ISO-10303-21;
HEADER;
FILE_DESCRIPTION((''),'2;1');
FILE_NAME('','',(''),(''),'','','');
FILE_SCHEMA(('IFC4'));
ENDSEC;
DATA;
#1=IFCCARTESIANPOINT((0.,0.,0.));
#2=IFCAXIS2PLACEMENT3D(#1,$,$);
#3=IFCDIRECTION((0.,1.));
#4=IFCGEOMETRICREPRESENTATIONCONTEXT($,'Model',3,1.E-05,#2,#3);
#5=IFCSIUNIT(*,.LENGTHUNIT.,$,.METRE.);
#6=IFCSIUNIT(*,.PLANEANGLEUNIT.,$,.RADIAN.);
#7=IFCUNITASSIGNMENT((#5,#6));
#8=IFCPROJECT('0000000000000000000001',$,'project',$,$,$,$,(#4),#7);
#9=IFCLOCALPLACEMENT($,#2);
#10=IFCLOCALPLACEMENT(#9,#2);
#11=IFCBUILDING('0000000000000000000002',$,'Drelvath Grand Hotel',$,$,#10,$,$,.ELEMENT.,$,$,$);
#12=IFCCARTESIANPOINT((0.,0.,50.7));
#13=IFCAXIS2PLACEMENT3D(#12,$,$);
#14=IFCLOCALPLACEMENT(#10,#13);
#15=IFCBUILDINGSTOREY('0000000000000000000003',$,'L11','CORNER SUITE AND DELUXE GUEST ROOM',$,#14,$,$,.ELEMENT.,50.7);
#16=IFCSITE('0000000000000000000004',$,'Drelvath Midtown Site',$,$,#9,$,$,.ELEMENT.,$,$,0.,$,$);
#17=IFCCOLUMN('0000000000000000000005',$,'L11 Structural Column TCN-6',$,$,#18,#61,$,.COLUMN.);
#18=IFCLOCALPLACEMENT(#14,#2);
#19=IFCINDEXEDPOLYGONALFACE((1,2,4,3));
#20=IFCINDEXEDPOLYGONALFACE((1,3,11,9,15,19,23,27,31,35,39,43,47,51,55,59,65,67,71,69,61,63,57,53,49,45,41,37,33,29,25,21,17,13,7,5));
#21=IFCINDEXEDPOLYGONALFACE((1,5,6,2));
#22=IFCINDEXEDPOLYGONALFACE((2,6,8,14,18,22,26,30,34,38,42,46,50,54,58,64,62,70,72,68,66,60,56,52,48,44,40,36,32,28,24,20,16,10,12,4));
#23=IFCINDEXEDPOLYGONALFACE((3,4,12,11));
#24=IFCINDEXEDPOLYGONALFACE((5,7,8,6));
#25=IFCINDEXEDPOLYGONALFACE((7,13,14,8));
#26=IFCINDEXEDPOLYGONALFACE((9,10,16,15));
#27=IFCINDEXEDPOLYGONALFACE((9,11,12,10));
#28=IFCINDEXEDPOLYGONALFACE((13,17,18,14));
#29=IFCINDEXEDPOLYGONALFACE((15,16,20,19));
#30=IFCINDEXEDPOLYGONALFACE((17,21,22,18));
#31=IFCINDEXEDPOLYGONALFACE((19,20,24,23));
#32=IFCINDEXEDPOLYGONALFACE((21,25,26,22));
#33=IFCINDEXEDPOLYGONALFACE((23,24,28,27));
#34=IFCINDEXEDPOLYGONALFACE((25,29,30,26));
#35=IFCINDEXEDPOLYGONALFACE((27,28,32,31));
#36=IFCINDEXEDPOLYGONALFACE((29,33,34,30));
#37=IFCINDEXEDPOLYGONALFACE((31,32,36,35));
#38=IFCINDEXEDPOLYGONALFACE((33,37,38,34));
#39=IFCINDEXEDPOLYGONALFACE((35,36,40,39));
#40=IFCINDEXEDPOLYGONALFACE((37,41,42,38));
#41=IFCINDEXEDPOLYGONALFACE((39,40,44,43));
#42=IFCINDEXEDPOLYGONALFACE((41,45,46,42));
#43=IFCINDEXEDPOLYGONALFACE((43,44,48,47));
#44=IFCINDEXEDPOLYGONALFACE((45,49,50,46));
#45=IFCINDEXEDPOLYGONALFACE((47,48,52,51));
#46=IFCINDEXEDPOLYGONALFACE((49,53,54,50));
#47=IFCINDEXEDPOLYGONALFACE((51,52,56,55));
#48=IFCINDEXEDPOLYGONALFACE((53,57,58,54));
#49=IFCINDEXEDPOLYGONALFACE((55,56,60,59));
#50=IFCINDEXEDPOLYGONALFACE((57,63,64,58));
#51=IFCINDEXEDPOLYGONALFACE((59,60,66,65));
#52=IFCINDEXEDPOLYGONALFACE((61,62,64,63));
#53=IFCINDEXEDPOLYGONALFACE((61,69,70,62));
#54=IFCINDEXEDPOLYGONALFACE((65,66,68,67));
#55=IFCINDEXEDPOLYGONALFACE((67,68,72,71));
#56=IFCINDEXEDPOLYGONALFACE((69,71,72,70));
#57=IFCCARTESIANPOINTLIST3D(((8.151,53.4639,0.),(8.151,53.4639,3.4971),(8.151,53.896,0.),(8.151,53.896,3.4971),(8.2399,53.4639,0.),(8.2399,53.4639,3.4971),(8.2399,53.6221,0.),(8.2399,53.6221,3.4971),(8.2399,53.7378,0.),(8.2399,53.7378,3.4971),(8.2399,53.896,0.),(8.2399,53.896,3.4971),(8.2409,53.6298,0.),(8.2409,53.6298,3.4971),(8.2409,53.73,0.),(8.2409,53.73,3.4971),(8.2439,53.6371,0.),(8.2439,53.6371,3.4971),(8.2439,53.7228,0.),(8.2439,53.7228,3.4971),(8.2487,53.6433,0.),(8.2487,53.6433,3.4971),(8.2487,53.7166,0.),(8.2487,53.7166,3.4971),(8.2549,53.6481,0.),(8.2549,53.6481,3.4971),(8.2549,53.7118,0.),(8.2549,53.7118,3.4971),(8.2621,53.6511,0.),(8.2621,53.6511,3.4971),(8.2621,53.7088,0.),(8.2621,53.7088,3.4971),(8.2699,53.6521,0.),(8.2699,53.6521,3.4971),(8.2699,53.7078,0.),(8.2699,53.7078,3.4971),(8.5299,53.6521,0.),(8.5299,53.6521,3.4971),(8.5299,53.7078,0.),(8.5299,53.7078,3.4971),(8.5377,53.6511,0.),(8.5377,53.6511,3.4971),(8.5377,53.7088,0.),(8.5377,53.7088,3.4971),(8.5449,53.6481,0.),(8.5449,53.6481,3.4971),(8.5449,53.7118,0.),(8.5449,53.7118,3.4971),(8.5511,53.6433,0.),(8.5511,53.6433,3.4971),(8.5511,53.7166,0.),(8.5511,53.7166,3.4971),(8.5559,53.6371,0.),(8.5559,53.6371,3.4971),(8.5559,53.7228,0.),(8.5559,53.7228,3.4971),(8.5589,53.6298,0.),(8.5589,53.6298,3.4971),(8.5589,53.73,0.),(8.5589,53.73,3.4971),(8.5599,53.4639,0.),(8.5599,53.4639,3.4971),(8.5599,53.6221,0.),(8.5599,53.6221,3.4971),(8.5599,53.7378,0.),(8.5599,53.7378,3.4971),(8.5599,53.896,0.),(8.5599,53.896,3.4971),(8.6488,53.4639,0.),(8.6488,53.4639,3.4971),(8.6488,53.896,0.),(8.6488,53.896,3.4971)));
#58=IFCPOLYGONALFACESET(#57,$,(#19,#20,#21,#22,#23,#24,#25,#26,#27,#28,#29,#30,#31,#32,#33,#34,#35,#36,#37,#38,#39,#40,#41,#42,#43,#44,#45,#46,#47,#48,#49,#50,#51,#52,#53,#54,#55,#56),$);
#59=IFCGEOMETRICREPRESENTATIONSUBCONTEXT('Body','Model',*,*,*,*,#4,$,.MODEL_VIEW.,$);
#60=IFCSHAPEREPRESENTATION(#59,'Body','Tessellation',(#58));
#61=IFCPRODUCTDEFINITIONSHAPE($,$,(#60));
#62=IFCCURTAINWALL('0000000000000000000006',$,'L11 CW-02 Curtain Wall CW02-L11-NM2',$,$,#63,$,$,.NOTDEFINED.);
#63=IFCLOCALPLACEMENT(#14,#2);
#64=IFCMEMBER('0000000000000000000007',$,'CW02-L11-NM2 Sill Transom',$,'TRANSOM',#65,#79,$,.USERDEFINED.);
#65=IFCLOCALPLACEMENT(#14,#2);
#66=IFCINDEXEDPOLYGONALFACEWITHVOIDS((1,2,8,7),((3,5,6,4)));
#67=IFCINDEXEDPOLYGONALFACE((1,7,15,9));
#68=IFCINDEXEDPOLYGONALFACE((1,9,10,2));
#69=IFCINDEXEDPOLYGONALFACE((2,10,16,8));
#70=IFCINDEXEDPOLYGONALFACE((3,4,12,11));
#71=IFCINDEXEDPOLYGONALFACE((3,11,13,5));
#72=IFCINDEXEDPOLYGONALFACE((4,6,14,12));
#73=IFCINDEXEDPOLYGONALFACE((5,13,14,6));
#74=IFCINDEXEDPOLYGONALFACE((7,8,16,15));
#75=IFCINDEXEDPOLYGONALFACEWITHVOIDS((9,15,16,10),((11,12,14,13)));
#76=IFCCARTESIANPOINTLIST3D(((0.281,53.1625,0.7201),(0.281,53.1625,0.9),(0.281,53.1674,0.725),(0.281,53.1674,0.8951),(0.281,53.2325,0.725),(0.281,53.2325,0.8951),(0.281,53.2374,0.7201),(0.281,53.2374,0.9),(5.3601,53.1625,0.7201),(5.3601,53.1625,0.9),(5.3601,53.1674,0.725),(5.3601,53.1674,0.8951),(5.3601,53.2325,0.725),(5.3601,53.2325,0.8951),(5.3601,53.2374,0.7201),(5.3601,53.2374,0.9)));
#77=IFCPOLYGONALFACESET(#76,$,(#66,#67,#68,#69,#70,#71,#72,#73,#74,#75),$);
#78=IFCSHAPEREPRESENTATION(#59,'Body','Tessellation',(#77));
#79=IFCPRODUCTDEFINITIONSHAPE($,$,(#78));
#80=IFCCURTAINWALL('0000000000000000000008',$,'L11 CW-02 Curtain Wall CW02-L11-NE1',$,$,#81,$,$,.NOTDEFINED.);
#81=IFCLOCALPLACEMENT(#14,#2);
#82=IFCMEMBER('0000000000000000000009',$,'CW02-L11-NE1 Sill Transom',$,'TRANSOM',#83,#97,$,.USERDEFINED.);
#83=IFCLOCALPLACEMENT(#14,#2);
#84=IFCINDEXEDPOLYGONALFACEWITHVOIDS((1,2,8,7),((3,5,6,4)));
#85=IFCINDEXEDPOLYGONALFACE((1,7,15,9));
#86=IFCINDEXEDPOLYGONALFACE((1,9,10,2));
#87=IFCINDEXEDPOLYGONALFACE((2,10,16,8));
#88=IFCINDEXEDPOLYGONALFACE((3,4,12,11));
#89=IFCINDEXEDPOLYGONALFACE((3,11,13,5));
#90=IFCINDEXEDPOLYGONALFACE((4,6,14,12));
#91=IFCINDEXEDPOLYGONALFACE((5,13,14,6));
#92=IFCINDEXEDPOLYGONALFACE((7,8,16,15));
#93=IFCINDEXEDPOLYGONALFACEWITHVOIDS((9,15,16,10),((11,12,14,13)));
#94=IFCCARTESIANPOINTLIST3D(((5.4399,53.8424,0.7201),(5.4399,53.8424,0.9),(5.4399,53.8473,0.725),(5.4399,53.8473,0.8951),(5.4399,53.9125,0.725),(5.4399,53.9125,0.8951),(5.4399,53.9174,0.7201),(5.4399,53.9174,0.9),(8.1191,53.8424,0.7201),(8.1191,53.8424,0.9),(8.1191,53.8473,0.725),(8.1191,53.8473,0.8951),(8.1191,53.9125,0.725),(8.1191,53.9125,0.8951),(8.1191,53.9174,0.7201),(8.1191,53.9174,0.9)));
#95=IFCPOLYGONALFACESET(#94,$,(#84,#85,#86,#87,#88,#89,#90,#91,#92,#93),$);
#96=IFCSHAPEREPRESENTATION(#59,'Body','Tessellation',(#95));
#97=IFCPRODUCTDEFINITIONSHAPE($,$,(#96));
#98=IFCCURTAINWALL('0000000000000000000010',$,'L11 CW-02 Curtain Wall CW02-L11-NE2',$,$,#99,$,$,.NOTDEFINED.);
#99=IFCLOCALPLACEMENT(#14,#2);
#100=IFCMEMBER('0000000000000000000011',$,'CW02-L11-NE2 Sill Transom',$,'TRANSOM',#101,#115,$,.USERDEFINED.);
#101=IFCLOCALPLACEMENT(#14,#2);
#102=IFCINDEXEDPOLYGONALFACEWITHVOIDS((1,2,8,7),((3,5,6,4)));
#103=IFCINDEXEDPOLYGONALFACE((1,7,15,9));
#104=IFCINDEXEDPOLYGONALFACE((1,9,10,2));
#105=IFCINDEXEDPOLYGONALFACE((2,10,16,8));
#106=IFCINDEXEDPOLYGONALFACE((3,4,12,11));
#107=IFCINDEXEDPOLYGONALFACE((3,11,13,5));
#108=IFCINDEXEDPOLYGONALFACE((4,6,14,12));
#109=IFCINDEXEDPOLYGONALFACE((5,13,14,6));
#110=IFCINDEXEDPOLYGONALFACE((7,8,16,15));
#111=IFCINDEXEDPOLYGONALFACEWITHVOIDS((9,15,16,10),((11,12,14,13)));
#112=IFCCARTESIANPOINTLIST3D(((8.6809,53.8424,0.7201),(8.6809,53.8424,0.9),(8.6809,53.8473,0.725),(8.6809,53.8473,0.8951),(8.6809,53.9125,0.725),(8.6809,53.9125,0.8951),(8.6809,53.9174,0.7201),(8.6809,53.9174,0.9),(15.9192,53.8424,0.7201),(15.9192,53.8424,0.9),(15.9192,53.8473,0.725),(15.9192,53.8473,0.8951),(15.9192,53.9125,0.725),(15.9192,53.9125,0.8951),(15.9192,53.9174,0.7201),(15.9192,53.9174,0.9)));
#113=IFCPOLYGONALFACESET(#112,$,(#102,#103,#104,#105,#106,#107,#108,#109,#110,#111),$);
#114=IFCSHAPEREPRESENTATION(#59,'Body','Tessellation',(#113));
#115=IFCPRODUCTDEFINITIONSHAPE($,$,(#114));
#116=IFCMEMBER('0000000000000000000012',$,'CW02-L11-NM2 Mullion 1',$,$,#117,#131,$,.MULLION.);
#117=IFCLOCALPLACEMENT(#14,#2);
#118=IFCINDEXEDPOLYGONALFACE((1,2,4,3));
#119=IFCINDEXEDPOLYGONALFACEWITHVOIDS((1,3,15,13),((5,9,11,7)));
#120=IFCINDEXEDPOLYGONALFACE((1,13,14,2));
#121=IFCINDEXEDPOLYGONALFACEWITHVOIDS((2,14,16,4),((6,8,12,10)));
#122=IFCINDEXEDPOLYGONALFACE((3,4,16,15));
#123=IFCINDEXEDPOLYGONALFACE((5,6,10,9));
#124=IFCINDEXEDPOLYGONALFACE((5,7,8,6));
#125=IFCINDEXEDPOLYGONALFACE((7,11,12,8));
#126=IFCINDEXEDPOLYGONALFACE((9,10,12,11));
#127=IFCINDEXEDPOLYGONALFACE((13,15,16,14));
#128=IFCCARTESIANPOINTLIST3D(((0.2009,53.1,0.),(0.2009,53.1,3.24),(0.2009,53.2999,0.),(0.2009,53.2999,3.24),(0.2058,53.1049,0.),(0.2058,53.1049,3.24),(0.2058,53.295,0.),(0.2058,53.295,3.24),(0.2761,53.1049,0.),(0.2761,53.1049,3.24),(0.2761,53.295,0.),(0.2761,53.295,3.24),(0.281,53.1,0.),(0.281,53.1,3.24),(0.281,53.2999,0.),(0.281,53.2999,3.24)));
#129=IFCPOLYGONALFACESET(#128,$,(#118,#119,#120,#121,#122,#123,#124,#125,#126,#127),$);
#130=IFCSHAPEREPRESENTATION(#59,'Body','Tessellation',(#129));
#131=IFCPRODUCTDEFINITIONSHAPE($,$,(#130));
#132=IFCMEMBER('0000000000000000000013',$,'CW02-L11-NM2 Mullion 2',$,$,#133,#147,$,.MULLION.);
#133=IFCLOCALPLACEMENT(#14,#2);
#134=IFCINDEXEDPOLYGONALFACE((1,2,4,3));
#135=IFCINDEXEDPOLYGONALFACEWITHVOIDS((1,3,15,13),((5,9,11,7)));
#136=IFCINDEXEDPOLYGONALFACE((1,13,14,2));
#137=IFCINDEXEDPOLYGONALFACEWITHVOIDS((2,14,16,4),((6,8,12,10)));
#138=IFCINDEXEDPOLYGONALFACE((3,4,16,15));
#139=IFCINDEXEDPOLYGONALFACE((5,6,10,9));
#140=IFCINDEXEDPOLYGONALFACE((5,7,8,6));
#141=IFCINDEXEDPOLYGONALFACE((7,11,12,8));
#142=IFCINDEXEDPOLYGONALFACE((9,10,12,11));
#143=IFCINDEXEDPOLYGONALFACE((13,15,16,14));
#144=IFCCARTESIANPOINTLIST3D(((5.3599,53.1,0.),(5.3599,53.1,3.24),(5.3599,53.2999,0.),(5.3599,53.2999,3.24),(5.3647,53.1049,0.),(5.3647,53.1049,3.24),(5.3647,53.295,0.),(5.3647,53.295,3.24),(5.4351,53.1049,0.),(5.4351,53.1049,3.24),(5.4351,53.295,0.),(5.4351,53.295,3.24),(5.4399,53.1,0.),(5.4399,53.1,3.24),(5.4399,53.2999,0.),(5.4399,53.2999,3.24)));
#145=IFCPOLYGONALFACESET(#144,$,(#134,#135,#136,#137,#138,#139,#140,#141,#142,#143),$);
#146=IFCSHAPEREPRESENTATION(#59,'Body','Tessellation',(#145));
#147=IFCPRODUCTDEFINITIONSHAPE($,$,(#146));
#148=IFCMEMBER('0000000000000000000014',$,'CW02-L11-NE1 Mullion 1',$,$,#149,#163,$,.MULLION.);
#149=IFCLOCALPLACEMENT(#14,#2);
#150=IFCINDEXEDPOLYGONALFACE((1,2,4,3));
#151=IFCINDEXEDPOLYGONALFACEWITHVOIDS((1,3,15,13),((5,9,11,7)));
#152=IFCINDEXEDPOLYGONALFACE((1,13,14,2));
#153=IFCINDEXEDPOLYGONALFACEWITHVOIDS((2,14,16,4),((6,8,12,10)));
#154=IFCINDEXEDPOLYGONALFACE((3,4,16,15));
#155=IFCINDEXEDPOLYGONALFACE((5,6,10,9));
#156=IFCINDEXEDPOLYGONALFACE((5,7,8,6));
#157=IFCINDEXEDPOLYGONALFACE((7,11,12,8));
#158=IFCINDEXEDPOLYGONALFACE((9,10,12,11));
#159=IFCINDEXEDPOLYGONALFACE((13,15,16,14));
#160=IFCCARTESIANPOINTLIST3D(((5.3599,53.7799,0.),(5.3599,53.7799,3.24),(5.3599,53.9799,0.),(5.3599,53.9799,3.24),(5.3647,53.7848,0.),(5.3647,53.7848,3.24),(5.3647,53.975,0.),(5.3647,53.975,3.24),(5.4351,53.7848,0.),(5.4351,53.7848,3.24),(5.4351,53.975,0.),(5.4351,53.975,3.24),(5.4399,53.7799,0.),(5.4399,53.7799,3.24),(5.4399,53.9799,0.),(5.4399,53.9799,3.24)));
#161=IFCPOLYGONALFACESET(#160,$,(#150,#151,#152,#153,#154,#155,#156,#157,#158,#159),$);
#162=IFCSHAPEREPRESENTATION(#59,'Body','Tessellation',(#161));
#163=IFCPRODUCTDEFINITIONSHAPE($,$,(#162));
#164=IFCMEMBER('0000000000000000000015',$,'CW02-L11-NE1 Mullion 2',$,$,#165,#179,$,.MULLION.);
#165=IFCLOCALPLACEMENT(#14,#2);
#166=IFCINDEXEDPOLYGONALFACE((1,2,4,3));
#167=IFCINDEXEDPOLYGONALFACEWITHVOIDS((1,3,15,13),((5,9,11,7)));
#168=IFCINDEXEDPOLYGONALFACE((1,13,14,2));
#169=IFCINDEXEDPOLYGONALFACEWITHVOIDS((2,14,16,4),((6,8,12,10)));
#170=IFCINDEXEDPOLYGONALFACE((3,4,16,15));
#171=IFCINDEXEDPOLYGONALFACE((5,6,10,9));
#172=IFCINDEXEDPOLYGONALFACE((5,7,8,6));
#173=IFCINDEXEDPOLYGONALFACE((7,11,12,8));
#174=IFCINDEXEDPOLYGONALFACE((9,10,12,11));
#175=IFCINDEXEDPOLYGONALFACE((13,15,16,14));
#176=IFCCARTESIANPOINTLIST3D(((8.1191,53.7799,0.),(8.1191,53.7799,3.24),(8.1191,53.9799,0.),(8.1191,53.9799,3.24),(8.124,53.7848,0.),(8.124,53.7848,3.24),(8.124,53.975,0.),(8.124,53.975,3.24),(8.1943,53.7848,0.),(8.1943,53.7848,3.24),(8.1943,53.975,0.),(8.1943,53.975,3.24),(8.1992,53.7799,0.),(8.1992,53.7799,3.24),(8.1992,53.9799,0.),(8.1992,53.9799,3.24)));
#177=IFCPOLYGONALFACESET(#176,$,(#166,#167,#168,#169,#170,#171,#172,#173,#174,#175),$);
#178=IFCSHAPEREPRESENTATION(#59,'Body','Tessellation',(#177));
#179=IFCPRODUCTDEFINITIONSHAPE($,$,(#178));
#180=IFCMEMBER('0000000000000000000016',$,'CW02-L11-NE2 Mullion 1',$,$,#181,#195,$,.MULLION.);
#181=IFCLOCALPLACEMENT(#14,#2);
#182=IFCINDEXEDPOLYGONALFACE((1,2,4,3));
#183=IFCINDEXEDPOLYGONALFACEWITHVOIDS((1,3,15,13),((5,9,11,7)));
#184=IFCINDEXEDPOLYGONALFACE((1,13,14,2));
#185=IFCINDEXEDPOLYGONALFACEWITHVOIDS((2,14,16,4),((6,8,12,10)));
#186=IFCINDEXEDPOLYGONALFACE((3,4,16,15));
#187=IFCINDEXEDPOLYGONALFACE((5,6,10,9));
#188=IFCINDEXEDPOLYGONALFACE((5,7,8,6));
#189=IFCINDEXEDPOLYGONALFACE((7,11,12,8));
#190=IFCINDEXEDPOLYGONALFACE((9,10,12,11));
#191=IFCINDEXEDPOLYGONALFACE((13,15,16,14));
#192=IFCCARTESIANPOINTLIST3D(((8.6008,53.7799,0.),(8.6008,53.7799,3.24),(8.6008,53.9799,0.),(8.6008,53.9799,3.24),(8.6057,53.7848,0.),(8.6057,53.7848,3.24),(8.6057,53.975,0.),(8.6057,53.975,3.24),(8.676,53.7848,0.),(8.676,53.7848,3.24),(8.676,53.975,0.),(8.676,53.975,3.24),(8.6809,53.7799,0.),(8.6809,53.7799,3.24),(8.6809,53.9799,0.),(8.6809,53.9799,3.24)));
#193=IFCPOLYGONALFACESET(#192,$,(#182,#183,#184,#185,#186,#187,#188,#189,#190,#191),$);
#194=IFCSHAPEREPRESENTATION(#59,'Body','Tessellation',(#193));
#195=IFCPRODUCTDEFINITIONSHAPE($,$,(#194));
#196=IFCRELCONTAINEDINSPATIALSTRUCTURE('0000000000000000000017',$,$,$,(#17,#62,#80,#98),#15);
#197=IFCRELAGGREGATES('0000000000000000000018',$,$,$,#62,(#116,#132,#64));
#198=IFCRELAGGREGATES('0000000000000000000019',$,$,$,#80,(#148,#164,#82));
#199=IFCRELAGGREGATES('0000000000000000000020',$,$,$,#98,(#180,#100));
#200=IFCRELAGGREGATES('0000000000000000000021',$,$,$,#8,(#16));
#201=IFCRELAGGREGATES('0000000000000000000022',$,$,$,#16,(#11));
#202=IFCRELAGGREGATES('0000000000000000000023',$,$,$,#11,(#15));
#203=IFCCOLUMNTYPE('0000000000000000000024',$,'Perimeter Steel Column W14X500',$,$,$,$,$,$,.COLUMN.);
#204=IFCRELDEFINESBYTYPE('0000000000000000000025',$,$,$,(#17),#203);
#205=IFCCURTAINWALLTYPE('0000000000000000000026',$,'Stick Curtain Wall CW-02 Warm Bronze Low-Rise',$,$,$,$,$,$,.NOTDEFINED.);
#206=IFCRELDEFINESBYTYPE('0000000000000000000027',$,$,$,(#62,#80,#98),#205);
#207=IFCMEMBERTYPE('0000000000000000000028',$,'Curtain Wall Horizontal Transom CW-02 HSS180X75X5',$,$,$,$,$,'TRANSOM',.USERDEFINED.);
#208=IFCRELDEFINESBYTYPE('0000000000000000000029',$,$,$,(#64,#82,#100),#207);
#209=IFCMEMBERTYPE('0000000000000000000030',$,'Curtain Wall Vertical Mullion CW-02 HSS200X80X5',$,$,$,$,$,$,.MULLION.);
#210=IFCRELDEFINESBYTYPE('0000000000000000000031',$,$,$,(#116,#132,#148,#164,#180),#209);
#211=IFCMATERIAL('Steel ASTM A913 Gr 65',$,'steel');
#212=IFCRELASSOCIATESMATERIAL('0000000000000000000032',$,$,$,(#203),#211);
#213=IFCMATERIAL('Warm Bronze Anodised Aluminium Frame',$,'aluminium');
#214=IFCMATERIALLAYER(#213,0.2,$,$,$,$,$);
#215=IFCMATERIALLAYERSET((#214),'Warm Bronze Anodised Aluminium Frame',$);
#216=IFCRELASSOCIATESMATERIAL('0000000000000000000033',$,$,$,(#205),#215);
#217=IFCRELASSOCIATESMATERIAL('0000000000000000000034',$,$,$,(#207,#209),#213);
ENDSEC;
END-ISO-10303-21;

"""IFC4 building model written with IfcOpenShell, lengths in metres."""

from ifc_helpers import new_model, si_unit, direction, frame, origin, origin_2d, place, context, subcontext, project, spatial, hollow_rectangle, i_section, extrude, material, layer, layer_set, material_profile, profile_set, type_object, element, aggregate, save


model = new_model("IFC4")

# Units and contexts
model_context = context("Model", 3, precision=1e-05, world=origin(), true_north=direction((0.0, 1.0)))
body_context = subcontext(model_context, "Body", "Model", "MODEL_VIEW")
ifc_project = project(units=[si_unit("LENGTHUNIT", "METRE"), si_unit("PLANEANGLEUNIT", "RADIAN")], contexts=[model_context])

# Site, building, storey
site_placement = place(None, origin())
site = spatial("IfcSite", under=ifc_project, at=site_placement, Name="Drelvath Midtown Site", CompositionType="ELEMENT", RefElevation=0.0)
building_placement = place(site_placement, origin())
building = spatial("IfcBuilding", under=site, at=building_placement, Name="Drelvath Grand Hotel", CompositionType="ELEMENT")
storey_placement = place(building_placement, frame((0.0, 0.0, 50.7)))
storey = spatial("IfcBuildingStorey", under=building, at=storey_placement, Name="L11", Description="CORNER SUITE AND DELUXE GUEST ROOM", CompositionType="ELEMENT", Elevation=50.7)

# Column
ifc_material_1 = material(Name="Steel ASTM A913 Gr 65", Category="steel")
ifc_material_profile_1 = material_profile(ifc_material_1, i_section(OverallWidth=0.4321, OverallDepth=0.4978, WebThickness=0.0557, FlangeThickness=0.0889, FilletRadius=0.03, at=origin_2d()), Name="W14X500")
ifc_profile_set_1 = profile_set([ifc_material_profile_1], Name="Steel ASTM A913 Gr 65")
column_type = type_object("IfcColumnType", Name="Perimeter Steel Column W14X500", PredefinedType="COLUMN", material=ifc_profile_set_1)
column_placement = place(storey_placement, frame((8.3999, 53.6799, 0.0), z_axis=(0.0, 0.0, 1.0), x_axis=(0.0, 1.0, 0.0)))
element("IfcColumn", 1, at=column_placement, inside=storey, type_object=column_type, Name="L11 Structural Column TCN-6", PredefinedType="COLUMN", context=body_context, shape_type="SweptSolid", body=[
    extrude(i_section(OverallWidth=0.4321, OverallDepth=0.4978, WebThickness=0.0557, FlangeThickness=0.0889, FilletRadius=0.03, at=origin_2d()), origin(), (0.0, 0.0, 1.0), 3.4971),
])

# Curtain walls, members
ifc_material_2 = material(Name="Warm Bronze Anodised Aluminium Frame", Category="aluminium")
ifc_layer_1 = layer(ifc_material_2, 0.2)
ifc_layer_set_1 = layer_set([ifc_layer_1], Name="Warm Bronze Anodised Aluminium Frame")
curtain_wall_type = type_object("IfcCurtainWallType", Name="Stick Curtain Wall CW-02 Warm Bronze Low-Rise", PredefinedType="NOTDEFINED", material=ifc_layer_set_1)
curtain_wall_1_placement = place(storey_placement, origin())
curtain_wall_1 = element("IfcCurtainWall", 2, at=curtain_wall_1_placement, inside=storey, type_object=curtain_wall_type, Name="L11 CW-02 Curtain Wall CW02-L11-NM2", PredefinedType="NOTDEFINED")
ifc_material_profile_2 = material_profile(ifc_material_2, hollow_rectangle(XDim=0.075, YDim=0.1799, WallThickness=0.0049, at=origin_2d()), Name="HSS180X75X5")
ifc_profile_set_2 = profile_set([ifc_material_profile_2], Name="Warm Bronze Anodised Aluminium Frame")
member_type_1 = type_object("IfcMemberType", Name="Curtain Wall Horizontal Transom CW-02 HSS180X75X5", ElementType="TRANSOM", PredefinedType="USERDEFINED", material=ifc_profile_set_2)
member_1_placement = place(storey_placement, frame((0.281, 53.2, 0.8101), z_axis=(1.0, 0.0, 0.0), x_axis=(0.0, 1.0, 0.0)))
member_1 = element("IfcMember", 3, at=member_1_placement, type_object=member_type_1, Name="CW02-L11-NM2 Sill Transom", ObjectType="TRANSOM", PredefinedType="USERDEFINED", context=body_context, shape_type="SweptSolid", body=[
    extrude(hollow_rectangle(XDim=0.075, YDim=0.1799, WallThickness=0.0049, at=origin_2d()), origin(), (0.0, 0.0, 1.0), 5.0791),
])
curtain_wall_2_placement = place(storey_placement, origin())
curtain_wall_2 = element("IfcCurtainWall", 4, at=curtain_wall_2_placement, inside=storey, type_object=curtain_wall_type, Name="L11 CW-02 Curtain Wall CW02-L11-NE1", PredefinedType="NOTDEFINED")
member_2_placement = place(storey_placement, frame((5.4399, 53.8799, 0.8101), z_axis=(1.0, 0.0, 0.0), x_axis=(0.0, 1.0, 0.0)))
member_2 = element("IfcMember", 5, at=member_2_placement, type_object=member_type_1, Name="CW02-L11-NE1 Sill Transom", ObjectType="TRANSOM", PredefinedType="USERDEFINED", context=body_context, shape_type="SweptSolid", body=[
    extrude(hollow_rectangle(XDim=0.075, YDim=0.1799, WallThickness=0.0049, at=origin_2d()), origin(), (0.0, 0.0, 1.0), 2.6792),
])
curtain_wall_3_placement = place(storey_placement, origin())
curtain_wall_3 = element("IfcCurtainWall", 6, at=curtain_wall_3_placement, inside=storey, type_object=curtain_wall_type, Name="L11 CW-02 Curtain Wall CW02-L11-NE2", PredefinedType="NOTDEFINED")
member_3_placement = place(storey_placement, frame((8.6809, 53.8799, 0.8101), z_axis=(1.0, 0.0, 0.0), x_axis=(0.0, 1.0, 0.0)))
member_3 = element("IfcMember", 7, at=member_3_placement, type_object=member_type_1, Name="CW02-L11-NE2 Sill Transom", ObjectType="TRANSOM", PredefinedType="USERDEFINED", context=body_context, shape_type="SweptSolid", body=[
    extrude(hollow_rectangle(XDim=0.075, YDim=0.1799, WallThickness=0.0049, at=origin_2d()), origin(), (0.0, 0.0, 1.0), 7.2383),
])

# Members
ifc_material_profile_3 = material_profile(ifc_material_2, hollow_rectangle(XDim=0.0801, YDim=0.2, WallThickness=0.0049, at=origin_2d()), Name="HSS200X80X5")
ifc_profile_set_3 = profile_set([ifc_material_profile_3], Name="Warm Bronze Anodised Aluminium Frame")
member_type_2 = type_object("IfcMemberType", Name="Curtain Wall Vertical Mullion CW-02 HSS200X80X5", PredefinedType="MULLION", material=ifc_profile_set_3)
member_4_placement = place(storey_placement, frame((0.241, 53.2, 0.0), z_axis=(0.0, 0.0, 1.0), x_axis=(1.0, 0.0, 0.0)))
member_4 = element("IfcMember", 8, at=member_4_placement, type_object=member_type_2, Name="CW02-L11-NM2 Mullion 1", PredefinedType="MULLION", context=body_context, shape_type="SweptSolid", body=[
    extrude(hollow_rectangle(XDim=0.0801, YDim=0.2, WallThickness=0.0049, at=origin_2d()), origin(), (0.0, 0.0, 1.0), 3.24),
])
member_5_placement = place(storey_placement, frame((5.3999, 53.2, 0.0), z_axis=(0.0, 0.0, 1.0), x_axis=(1.0, 0.0, 0.0)))
member_5 = element("IfcMember", 9, at=member_5_placement, type_object=member_type_2, Name="CW02-L11-NM2 Mullion 2", PredefinedType="MULLION", context=body_context, shape_type="SweptSolid", body=[
    extrude(hollow_rectangle(XDim=0.0801, YDim=0.2, WallThickness=0.0049, at=origin_2d()), origin(), (0.0, 0.0, 1.0), 3.24),
])
member_6_placement = place(storey_placement, frame((5.3999, 53.8799, 0.0), z_axis=(0.0, 0.0, 1.0), x_axis=(1.0, 0.0, 0.0)))
member_6 = element("IfcMember", 10, at=member_6_placement, type_object=member_type_2, Name="CW02-L11-NE1 Mullion 1", PredefinedType="MULLION", context=body_context, shape_type="SweptSolid", body=[
    extrude(hollow_rectangle(XDim=0.0801, YDim=0.2, WallThickness=0.0049, at=origin_2d()), origin(), (0.0, 0.0, 1.0), 3.24),
])
member_7_placement = place(storey_placement, frame((8.1592, 53.8799, 0.0), z_axis=(0.0, 0.0, 1.0), x_axis=(1.0, 0.0, 0.0)))
member_7 = element("IfcMember", 11, at=member_7_placement, type_object=member_type_2, Name="CW02-L11-NE1 Mullion 2", PredefinedType="MULLION", context=body_context, shape_type="SweptSolid", body=[
    extrude(hollow_rectangle(XDim=0.0801, YDim=0.2, WallThickness=0.0049, at=origin_2d()), origin(), (0.0, 0.0, 1.0), 3.24),
])
member_8_placement = place(storey_placement, frame((8.6409, 53.8799, 0.0), z_axis=(0.0, 0.0, 1.0), x_axis=(1.0, 0.0, 0.0)))
member_8 = element("IfcMember", 12, at=member_8_placement, type_object=member_type_2, Name="CW02-L11-NE2 Mullion 1", PredefinedType="MULLION", context=body_context, shape_type="SweptSolid", body=[
    extrude(hollow_rectangle(XDim=0.0801, YDim=0.2, WallThickness=0.0049, at=origin_2d()), origin(), (0.0, 0.0, 1.0), 3.24),
])

aggregate(curtain_wall_1, [member_4, member_5, member_1])
aggregate(curtain_wall_2, [member_6, member_7, member_2])
aggregate(curtain_wall_3, [member_8, member_3])

save(model, "model.ifc")
